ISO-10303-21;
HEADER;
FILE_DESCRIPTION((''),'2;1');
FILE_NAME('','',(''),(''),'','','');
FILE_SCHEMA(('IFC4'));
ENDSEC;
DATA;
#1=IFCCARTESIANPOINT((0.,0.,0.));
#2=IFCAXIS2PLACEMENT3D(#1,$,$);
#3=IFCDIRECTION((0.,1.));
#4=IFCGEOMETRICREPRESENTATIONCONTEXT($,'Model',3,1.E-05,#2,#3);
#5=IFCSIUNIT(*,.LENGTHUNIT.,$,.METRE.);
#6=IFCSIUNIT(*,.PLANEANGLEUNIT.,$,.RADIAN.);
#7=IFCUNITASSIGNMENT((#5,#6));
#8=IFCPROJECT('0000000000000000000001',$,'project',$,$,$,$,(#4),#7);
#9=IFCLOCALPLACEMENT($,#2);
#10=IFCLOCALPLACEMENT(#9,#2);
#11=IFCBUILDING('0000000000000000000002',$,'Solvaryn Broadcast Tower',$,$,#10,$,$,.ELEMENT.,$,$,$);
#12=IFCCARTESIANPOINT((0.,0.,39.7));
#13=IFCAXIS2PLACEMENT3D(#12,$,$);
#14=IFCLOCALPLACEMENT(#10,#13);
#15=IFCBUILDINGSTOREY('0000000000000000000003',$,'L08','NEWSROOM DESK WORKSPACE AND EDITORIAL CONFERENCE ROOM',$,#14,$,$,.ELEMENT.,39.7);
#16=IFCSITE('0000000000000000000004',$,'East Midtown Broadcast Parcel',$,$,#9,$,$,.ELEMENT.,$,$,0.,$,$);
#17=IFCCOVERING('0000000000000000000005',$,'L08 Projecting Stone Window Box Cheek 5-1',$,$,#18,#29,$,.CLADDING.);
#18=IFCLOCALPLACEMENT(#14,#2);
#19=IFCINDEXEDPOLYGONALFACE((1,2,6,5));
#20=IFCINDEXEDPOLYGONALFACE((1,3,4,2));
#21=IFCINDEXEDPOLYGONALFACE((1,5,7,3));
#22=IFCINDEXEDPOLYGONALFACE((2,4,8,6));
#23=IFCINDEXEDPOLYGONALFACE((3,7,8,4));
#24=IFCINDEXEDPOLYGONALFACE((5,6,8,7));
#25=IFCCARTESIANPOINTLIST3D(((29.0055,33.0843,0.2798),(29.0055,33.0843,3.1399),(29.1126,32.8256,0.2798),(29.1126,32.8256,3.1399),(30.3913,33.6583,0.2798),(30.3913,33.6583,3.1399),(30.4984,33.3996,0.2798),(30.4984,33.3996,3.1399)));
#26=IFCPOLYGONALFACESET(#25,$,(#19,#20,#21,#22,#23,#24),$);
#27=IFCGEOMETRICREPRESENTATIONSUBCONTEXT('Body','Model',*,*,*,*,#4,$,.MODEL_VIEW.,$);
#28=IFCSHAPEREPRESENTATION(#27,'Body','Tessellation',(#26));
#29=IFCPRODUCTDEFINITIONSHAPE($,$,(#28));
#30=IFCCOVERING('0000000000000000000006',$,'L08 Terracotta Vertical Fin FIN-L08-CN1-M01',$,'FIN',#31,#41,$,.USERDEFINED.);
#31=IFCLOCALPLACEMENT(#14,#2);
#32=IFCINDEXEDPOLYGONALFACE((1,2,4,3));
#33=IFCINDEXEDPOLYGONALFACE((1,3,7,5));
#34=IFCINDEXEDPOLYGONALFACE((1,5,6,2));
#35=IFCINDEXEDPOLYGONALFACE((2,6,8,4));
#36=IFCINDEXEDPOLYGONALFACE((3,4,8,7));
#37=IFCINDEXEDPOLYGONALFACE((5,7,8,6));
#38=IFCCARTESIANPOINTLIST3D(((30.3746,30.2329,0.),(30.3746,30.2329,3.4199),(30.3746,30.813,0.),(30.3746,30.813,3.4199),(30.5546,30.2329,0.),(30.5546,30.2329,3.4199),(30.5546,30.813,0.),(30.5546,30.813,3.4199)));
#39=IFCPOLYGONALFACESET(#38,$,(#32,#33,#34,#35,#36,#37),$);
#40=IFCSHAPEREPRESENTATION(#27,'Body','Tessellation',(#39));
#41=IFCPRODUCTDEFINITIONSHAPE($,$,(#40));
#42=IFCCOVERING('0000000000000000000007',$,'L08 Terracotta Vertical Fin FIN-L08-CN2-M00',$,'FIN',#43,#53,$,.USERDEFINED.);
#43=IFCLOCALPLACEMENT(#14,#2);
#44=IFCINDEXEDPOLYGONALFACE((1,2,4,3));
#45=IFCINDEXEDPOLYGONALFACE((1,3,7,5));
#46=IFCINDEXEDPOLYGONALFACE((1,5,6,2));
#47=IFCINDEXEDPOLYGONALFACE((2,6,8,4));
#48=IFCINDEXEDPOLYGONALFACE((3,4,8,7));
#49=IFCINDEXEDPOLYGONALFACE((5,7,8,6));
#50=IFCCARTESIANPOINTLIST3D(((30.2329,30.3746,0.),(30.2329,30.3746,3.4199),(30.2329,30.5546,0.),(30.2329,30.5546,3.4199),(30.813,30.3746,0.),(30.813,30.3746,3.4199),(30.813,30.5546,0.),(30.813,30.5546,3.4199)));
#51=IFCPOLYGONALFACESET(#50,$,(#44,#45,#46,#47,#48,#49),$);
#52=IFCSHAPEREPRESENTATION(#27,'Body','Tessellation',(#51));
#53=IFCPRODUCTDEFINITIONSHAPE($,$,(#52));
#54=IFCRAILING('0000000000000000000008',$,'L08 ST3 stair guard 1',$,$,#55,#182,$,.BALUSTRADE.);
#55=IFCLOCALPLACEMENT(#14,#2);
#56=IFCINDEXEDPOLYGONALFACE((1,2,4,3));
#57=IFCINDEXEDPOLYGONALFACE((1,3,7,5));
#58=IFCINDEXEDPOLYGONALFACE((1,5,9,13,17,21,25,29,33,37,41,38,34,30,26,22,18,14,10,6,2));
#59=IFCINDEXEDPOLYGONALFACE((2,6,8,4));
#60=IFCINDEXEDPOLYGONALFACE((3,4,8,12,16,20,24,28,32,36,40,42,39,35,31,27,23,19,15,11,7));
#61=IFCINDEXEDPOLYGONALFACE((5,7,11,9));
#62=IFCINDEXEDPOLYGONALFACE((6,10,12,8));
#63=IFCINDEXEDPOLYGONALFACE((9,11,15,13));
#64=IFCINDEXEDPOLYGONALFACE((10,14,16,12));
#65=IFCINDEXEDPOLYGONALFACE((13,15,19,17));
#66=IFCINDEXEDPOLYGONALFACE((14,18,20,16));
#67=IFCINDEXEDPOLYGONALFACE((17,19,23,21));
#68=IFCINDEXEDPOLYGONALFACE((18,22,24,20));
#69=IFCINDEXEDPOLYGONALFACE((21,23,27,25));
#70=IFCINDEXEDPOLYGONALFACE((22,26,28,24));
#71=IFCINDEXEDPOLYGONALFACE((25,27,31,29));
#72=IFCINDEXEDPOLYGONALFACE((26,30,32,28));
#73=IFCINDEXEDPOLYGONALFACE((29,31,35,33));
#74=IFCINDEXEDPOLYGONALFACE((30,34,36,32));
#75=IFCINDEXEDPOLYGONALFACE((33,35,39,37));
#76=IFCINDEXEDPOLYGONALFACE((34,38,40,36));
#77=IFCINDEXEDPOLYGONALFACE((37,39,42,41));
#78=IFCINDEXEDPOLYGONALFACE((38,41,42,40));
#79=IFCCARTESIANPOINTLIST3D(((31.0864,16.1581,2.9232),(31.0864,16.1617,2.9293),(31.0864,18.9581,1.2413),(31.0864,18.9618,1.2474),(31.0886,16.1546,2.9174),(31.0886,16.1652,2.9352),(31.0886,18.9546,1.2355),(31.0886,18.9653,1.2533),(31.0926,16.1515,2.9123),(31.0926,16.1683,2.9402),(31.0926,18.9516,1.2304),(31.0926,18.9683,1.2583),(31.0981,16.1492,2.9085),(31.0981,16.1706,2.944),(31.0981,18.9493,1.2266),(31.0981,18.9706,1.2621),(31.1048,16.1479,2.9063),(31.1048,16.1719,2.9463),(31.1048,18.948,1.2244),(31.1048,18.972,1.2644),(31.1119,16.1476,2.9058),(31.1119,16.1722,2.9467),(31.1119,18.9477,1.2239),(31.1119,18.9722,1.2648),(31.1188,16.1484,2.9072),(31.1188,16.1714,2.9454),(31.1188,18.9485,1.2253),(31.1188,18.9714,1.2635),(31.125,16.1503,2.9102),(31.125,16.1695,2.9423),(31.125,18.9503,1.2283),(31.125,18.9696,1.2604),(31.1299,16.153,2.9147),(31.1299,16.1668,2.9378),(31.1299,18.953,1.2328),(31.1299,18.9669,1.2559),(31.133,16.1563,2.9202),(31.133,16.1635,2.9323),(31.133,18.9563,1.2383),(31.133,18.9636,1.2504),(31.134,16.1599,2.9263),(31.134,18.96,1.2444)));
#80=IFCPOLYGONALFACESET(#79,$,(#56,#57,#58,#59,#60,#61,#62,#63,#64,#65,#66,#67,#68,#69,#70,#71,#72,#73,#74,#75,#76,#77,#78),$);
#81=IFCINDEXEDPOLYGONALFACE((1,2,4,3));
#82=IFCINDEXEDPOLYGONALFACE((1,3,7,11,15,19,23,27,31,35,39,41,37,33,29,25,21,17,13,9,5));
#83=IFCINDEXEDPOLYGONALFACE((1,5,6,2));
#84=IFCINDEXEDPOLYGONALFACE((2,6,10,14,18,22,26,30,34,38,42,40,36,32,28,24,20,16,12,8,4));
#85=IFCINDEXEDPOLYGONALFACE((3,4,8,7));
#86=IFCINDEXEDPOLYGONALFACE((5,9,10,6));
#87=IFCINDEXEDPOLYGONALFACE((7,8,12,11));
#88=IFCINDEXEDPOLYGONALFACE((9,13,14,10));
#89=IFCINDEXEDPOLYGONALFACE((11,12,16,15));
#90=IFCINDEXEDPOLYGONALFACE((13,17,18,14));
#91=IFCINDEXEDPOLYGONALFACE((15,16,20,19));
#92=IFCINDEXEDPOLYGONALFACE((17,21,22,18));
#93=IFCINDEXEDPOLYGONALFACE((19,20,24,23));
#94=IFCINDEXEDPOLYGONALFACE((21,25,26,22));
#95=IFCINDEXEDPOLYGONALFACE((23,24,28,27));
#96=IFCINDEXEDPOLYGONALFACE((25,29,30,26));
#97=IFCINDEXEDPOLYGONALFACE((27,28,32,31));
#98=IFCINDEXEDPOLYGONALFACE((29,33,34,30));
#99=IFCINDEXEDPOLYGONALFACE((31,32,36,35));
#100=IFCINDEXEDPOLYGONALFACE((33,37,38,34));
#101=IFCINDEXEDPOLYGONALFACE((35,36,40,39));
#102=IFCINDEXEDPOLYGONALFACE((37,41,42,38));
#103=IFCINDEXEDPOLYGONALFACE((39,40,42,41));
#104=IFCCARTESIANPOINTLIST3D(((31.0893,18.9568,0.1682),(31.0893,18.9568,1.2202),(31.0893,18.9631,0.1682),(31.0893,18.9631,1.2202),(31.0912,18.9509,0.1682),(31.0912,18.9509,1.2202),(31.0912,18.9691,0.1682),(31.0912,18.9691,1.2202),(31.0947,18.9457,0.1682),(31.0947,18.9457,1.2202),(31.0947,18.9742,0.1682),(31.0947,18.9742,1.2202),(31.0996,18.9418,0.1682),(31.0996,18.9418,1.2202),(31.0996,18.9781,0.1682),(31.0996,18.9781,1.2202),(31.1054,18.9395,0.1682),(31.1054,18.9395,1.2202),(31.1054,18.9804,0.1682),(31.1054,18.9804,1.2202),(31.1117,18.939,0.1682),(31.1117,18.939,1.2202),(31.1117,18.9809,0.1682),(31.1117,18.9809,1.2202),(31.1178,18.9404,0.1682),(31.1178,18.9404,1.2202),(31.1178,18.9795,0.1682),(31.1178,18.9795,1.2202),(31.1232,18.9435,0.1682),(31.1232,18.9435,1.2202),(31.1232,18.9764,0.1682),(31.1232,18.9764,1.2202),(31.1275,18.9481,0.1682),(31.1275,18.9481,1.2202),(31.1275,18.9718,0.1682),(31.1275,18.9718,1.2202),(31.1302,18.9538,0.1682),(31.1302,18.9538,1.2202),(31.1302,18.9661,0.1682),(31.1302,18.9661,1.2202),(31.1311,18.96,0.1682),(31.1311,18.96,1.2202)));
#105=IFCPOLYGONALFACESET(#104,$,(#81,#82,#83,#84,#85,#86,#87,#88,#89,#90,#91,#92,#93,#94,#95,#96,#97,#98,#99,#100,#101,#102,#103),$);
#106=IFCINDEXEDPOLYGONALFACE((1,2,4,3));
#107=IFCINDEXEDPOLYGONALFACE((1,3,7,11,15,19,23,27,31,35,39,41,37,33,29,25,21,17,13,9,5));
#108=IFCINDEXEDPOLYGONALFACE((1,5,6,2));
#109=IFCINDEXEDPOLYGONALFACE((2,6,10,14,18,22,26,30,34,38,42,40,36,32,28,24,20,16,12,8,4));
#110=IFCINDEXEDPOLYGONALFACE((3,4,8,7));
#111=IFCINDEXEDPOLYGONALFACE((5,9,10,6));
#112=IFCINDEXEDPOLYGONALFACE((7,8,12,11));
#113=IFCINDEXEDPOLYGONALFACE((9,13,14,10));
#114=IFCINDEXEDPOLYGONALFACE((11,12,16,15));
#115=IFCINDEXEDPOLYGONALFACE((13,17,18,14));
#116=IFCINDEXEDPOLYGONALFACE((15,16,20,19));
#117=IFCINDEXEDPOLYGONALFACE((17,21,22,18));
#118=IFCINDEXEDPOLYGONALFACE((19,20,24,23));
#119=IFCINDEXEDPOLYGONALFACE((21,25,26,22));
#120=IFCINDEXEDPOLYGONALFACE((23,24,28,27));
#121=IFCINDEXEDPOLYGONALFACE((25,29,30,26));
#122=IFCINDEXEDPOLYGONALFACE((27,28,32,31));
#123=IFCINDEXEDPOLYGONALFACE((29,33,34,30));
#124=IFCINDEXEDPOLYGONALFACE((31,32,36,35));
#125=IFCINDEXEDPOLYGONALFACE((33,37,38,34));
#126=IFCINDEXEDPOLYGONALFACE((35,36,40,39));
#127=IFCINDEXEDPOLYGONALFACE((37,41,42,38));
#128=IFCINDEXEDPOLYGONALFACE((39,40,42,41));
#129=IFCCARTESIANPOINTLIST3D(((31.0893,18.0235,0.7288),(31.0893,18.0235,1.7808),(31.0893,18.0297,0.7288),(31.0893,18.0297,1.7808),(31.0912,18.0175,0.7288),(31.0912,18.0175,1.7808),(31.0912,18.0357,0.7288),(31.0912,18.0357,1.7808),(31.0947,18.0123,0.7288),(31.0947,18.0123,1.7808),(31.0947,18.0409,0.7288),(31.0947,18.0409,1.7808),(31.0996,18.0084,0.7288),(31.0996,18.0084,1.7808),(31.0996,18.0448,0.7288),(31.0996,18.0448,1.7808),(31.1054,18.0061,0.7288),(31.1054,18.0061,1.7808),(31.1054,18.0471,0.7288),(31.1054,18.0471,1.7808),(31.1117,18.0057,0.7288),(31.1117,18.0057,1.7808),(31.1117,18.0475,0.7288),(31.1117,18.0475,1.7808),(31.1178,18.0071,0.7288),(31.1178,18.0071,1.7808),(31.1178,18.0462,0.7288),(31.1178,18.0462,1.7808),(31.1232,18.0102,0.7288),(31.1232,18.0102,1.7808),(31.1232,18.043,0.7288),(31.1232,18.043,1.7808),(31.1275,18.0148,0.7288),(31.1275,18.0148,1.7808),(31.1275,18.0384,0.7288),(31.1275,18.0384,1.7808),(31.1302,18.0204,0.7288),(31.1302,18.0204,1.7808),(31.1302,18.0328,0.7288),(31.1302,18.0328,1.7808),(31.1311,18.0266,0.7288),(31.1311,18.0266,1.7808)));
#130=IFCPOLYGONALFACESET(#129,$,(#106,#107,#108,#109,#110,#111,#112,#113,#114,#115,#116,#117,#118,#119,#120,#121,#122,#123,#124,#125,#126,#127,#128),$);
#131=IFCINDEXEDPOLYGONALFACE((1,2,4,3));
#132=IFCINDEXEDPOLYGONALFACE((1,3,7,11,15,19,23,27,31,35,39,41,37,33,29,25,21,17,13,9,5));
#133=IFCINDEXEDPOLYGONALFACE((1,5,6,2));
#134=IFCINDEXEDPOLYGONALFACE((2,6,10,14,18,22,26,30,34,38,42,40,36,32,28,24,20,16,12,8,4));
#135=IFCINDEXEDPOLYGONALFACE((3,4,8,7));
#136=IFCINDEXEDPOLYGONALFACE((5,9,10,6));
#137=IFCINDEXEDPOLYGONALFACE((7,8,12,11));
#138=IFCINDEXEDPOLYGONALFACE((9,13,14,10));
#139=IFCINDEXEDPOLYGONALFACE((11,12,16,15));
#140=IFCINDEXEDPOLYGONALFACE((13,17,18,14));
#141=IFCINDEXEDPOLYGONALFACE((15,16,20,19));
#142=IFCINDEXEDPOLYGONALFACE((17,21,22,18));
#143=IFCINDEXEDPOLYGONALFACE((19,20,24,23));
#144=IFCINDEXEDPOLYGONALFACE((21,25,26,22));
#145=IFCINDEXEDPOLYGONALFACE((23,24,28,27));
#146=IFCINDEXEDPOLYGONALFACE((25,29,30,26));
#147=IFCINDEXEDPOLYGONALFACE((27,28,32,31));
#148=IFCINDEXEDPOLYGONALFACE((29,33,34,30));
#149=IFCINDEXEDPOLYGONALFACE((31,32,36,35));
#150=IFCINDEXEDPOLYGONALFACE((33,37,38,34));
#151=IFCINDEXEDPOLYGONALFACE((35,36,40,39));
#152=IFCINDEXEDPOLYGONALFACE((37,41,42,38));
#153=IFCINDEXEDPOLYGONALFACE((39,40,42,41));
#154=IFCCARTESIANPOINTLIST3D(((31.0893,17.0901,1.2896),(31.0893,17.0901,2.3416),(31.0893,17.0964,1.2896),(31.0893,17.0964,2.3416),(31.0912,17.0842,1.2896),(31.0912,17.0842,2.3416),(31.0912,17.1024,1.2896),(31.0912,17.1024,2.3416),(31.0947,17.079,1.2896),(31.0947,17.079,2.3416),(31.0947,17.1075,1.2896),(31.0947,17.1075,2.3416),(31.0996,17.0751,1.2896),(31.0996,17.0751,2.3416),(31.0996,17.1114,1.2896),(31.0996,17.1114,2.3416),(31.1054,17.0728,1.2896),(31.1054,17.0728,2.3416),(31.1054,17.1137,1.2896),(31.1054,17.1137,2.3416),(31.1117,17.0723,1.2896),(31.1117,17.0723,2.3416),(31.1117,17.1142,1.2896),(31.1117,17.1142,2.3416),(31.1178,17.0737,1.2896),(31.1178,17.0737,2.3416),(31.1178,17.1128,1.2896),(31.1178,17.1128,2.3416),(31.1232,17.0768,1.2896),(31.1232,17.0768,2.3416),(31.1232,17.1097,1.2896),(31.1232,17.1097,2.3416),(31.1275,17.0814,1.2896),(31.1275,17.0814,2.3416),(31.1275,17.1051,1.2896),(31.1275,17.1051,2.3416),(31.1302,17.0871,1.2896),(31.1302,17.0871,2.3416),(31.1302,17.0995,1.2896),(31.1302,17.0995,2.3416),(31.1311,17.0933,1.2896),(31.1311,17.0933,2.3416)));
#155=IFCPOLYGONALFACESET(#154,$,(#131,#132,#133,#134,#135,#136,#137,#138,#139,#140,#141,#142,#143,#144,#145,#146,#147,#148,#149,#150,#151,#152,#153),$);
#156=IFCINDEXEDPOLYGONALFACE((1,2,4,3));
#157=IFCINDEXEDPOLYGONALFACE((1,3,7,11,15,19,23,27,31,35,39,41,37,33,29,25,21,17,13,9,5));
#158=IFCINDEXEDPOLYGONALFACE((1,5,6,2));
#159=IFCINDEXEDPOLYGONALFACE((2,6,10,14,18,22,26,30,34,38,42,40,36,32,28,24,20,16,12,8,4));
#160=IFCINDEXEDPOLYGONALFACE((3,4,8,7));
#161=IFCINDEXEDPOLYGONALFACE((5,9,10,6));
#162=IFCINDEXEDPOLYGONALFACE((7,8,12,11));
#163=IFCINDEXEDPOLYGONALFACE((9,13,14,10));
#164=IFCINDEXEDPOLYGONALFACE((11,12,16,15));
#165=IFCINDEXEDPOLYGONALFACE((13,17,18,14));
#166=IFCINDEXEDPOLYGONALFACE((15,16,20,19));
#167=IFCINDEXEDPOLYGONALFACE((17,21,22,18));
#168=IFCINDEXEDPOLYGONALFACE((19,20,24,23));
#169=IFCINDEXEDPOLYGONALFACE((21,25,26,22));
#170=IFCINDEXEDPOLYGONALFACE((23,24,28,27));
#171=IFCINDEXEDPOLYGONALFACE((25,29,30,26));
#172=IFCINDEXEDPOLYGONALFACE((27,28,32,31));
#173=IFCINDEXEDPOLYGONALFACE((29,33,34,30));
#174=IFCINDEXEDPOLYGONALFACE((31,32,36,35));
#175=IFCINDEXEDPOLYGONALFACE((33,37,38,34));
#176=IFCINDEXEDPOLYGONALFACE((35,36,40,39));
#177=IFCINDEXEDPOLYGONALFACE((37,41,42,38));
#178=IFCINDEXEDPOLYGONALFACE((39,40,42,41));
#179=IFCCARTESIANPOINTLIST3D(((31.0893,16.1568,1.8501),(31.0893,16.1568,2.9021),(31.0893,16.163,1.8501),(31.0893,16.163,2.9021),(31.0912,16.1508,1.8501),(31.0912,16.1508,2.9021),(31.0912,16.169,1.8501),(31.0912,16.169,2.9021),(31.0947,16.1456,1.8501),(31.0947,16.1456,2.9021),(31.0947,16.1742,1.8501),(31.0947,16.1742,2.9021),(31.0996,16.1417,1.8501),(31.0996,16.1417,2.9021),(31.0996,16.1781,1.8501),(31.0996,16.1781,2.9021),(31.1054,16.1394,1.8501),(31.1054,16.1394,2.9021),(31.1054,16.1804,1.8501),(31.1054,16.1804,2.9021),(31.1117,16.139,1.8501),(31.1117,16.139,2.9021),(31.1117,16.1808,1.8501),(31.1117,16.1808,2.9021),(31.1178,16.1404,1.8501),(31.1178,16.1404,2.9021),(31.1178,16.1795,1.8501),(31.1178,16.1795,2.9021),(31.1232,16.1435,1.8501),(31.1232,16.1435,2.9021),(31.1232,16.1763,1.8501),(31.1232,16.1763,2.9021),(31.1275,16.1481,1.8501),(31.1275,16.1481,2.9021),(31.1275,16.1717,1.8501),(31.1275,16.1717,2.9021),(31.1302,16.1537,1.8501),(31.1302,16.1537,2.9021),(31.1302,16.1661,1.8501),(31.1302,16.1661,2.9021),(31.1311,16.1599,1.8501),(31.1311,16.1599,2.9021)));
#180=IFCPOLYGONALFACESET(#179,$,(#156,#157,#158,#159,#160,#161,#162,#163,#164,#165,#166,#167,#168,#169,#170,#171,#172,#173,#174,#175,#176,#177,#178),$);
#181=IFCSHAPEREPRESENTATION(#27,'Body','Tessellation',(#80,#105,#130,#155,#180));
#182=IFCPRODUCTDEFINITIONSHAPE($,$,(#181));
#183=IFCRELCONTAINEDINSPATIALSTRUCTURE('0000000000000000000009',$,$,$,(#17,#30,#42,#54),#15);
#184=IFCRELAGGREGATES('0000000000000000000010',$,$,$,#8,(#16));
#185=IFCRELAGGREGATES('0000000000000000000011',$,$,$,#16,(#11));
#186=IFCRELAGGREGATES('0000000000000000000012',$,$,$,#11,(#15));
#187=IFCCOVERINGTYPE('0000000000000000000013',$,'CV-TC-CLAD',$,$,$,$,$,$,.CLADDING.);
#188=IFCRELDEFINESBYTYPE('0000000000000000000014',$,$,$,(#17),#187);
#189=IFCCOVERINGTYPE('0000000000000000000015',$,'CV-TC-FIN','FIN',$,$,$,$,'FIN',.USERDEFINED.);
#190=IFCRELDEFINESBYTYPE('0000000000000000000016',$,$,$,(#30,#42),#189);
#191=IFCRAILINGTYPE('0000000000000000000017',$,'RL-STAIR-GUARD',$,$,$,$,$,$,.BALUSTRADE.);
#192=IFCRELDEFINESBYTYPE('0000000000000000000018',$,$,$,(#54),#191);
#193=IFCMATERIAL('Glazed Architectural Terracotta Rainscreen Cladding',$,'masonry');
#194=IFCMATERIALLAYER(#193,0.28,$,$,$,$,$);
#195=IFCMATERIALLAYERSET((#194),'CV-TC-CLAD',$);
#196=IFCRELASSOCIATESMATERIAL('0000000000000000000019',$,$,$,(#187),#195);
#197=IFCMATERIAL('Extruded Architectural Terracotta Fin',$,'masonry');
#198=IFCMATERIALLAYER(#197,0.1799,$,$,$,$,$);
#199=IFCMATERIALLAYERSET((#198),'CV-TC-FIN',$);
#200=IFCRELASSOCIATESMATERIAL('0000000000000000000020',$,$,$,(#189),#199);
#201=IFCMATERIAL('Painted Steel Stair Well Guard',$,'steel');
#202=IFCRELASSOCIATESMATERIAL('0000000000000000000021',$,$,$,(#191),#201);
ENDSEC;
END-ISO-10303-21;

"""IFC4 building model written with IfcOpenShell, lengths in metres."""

from ifc_helpers import new_model, si_unit, direction, frame, origin, origin_2d, place, context, subcontext, project, spatial, rectangle, circle, extrude, material, layer, layer_set, type_object, element, save


model = new_model("IFC4")

# Units and contexts
model_context = context("Model", 3, precision=1e-05, world=origin(), true_north=direction((0.0, 1.0)))
body_context = subcontext(model_context, "Body", "Model", "MODEL_VIEW")
ifc_project = project(units=[si_unit("LENGTHUNIT", "METRE"), si_unit("PLANEANGLEUNIT", "RADIAN")], contexts=[model_context])

# Site, building, storey
site_placement = place(None, origin())
site = spatial("IfcSite", under=ifc_project, at=site_placement, Name="East Midtown Broadcast Parcel", CompositionType="ELEMENT", RefElevation=0.0)
building_placement = place(site_placement, origin())
building = spatial("IfcBuilding", under=site, at=building_placement, Name="Solvaryn Broadcast Tower", CompositionType="ELEMENT")
storey_placement = place(building_placement, frame((0.0, 0.0, 39.7)))
storey = spatial("IfcBuildingStorey", under=building, at=storey_placement, Name="L08", Description="NEWSROOM DESK WORKSPACE AND EDITORIAL CONFERENCE ROOM", CompositionType="ELEMENT", Elevation=39.7)

# Coverings
ifc_material_1 = material(Name="Glazed Architectural Terracotta Rainscreen Cladding", Category="masonry")
ifc_layer_1 = layer(ifc_material_1, 0.28)
ifc_layer_set_1 = layer_set([ifc_layer_1], Name="CV-TC-CLAD")
covering_type_1 = type_object("IfcCoveringType", Name="CV-TC-CLAD", PredefinedType="CLADDING", material=ifc_layer_set_1)
covering_1_placement = place(storey_placement, frame((29.752, 33.2419, 0.2798), z_axis=(0.0, 0.0, 1.0), x_axis=(-0.382683, 0.92388, 0.0)))
element("IfcCovering", 1, at=covering_1_placement, inside=storey, type_object=covering_type_1, Name="L08 Projecting Stone Window Box Cheek 5-1", PredefinedType="CLADDING", context=body_context, shape_type="SweptSolid", body=[
    extrude(rectangle(XDim=0.28, YDim=1.5, at=origin_2d()), origin(), (0.0, 0.0, 1.0), 2.8601),
])
ifc_material_2 = material(Name="Extruded Architectural Terracotta Fin", Category="masonry")
ifc_layer_2 = layer(ifc_material_2, 0.1799)
ifc_layer_set_2 = layer_set([ifc_layer_2], Name="CV-TC-FIN")
covering_type_2 = type_object("IfcCoveringType", Name="CV-TC-FIN", Description="FIN", ElementType="FIN", PredefinedType="USERDEFINED", material=ifc_layer_set_2)
covering_2_placement = place(storey_placement, frame((30.4646, 30.5229, 0.0), z_axis=(0.0, 0.0, 1.0), x_axis=(1.0, 0.0, 0.0)))
element("IfcCovering", 2, at=covering_2_placement, inside=storey, type_object=covering_type_2, Name="L08 Terracotta Vertical Fin FIN-L08-CN1-M01", ObjectType="FIN", PredefinedType="USERDEFINED", context=body_context, shape_type="SweptSolid", body=[
    extrude(rectangle(XDim=0.1799, YDim=0.5801, at=origin_2d()), origin(), (0.0, 0.0, 1.0), 3.4199),
])
covering_3_placement = place(storey_placement, frame((30.5229, 30.4646, 0.0), z_axis=(0.0, 0.0, 1.0), x_axis=(1.0, 0.0, 0.0)))
element("IfcCovering", 3, at=covering_3_placement, inside=storey, type_object=covering_type_2, Name="L08 Terracotta Vertical Fin FIN-L08-CN2-M00", ObjectType="FIN", PredefinedType="USERDEFINED", context=body_context, shape_type="SweptSolid", body=[
    extrude(rectangle(XDim=0.5801, YDim=0.1799, at=origin_2d()), origin(), (0.0, 0.0, 1.0), 3.4199),
])

# Railing
ifc_material_3 = material(Name="Painted Steel Stair Well Guard", Category="steel")
railing_type_1 = type_object("IfcRailingType", Name="RL-STAIR-GUARD", PredefinedType="BALUSTRADE", material=ifc_material_3)
railing_1_placement = place(storey_placement, frame((31.1101, 18.96, 0.1682)))
element("IfcRailing", 4, at=railing_1_placement, inside=storey, type_object=railing_type_1, Name="L08 ST3 stair guard 1", PredefinedType="BALUSTRADE", context=body_context, shape_type="SweptSolid", body=[
    extrude(circle(Radius=0.0239, at=origin_2d()), frame((0.0, 0.0, 1.0762), z_axis=(0.0, -0.857242, 0.514913), x_axis=(1.0, 0.0, 0.0)), (0.0, 0.0, 1.0), 3.2664),
    extrude(circle(Radius=0.021, at=origin_2d()), origin(), (0.0, 0.0, 1.0), 1.052),
    extrude(circle(Radius=0.021, at=origin_2d()), frame((0.0, -0.9333, 0.5605)), (0.0, 0.0, 1.0), 1.052),
    extrude(circle(Radius=0.021, at=origin_2d()), frame((0.0, -1.8667, 1.1213)), (0.0, 0.0, 1.0), 1.052),
    extrude(circle(Radius=0.021, at=origin_2d()), frame((0.0, -2.8, 1.6819)), (0.0, 0.0, 1.0), 1.052),
])

save(model, "model.ifc")
